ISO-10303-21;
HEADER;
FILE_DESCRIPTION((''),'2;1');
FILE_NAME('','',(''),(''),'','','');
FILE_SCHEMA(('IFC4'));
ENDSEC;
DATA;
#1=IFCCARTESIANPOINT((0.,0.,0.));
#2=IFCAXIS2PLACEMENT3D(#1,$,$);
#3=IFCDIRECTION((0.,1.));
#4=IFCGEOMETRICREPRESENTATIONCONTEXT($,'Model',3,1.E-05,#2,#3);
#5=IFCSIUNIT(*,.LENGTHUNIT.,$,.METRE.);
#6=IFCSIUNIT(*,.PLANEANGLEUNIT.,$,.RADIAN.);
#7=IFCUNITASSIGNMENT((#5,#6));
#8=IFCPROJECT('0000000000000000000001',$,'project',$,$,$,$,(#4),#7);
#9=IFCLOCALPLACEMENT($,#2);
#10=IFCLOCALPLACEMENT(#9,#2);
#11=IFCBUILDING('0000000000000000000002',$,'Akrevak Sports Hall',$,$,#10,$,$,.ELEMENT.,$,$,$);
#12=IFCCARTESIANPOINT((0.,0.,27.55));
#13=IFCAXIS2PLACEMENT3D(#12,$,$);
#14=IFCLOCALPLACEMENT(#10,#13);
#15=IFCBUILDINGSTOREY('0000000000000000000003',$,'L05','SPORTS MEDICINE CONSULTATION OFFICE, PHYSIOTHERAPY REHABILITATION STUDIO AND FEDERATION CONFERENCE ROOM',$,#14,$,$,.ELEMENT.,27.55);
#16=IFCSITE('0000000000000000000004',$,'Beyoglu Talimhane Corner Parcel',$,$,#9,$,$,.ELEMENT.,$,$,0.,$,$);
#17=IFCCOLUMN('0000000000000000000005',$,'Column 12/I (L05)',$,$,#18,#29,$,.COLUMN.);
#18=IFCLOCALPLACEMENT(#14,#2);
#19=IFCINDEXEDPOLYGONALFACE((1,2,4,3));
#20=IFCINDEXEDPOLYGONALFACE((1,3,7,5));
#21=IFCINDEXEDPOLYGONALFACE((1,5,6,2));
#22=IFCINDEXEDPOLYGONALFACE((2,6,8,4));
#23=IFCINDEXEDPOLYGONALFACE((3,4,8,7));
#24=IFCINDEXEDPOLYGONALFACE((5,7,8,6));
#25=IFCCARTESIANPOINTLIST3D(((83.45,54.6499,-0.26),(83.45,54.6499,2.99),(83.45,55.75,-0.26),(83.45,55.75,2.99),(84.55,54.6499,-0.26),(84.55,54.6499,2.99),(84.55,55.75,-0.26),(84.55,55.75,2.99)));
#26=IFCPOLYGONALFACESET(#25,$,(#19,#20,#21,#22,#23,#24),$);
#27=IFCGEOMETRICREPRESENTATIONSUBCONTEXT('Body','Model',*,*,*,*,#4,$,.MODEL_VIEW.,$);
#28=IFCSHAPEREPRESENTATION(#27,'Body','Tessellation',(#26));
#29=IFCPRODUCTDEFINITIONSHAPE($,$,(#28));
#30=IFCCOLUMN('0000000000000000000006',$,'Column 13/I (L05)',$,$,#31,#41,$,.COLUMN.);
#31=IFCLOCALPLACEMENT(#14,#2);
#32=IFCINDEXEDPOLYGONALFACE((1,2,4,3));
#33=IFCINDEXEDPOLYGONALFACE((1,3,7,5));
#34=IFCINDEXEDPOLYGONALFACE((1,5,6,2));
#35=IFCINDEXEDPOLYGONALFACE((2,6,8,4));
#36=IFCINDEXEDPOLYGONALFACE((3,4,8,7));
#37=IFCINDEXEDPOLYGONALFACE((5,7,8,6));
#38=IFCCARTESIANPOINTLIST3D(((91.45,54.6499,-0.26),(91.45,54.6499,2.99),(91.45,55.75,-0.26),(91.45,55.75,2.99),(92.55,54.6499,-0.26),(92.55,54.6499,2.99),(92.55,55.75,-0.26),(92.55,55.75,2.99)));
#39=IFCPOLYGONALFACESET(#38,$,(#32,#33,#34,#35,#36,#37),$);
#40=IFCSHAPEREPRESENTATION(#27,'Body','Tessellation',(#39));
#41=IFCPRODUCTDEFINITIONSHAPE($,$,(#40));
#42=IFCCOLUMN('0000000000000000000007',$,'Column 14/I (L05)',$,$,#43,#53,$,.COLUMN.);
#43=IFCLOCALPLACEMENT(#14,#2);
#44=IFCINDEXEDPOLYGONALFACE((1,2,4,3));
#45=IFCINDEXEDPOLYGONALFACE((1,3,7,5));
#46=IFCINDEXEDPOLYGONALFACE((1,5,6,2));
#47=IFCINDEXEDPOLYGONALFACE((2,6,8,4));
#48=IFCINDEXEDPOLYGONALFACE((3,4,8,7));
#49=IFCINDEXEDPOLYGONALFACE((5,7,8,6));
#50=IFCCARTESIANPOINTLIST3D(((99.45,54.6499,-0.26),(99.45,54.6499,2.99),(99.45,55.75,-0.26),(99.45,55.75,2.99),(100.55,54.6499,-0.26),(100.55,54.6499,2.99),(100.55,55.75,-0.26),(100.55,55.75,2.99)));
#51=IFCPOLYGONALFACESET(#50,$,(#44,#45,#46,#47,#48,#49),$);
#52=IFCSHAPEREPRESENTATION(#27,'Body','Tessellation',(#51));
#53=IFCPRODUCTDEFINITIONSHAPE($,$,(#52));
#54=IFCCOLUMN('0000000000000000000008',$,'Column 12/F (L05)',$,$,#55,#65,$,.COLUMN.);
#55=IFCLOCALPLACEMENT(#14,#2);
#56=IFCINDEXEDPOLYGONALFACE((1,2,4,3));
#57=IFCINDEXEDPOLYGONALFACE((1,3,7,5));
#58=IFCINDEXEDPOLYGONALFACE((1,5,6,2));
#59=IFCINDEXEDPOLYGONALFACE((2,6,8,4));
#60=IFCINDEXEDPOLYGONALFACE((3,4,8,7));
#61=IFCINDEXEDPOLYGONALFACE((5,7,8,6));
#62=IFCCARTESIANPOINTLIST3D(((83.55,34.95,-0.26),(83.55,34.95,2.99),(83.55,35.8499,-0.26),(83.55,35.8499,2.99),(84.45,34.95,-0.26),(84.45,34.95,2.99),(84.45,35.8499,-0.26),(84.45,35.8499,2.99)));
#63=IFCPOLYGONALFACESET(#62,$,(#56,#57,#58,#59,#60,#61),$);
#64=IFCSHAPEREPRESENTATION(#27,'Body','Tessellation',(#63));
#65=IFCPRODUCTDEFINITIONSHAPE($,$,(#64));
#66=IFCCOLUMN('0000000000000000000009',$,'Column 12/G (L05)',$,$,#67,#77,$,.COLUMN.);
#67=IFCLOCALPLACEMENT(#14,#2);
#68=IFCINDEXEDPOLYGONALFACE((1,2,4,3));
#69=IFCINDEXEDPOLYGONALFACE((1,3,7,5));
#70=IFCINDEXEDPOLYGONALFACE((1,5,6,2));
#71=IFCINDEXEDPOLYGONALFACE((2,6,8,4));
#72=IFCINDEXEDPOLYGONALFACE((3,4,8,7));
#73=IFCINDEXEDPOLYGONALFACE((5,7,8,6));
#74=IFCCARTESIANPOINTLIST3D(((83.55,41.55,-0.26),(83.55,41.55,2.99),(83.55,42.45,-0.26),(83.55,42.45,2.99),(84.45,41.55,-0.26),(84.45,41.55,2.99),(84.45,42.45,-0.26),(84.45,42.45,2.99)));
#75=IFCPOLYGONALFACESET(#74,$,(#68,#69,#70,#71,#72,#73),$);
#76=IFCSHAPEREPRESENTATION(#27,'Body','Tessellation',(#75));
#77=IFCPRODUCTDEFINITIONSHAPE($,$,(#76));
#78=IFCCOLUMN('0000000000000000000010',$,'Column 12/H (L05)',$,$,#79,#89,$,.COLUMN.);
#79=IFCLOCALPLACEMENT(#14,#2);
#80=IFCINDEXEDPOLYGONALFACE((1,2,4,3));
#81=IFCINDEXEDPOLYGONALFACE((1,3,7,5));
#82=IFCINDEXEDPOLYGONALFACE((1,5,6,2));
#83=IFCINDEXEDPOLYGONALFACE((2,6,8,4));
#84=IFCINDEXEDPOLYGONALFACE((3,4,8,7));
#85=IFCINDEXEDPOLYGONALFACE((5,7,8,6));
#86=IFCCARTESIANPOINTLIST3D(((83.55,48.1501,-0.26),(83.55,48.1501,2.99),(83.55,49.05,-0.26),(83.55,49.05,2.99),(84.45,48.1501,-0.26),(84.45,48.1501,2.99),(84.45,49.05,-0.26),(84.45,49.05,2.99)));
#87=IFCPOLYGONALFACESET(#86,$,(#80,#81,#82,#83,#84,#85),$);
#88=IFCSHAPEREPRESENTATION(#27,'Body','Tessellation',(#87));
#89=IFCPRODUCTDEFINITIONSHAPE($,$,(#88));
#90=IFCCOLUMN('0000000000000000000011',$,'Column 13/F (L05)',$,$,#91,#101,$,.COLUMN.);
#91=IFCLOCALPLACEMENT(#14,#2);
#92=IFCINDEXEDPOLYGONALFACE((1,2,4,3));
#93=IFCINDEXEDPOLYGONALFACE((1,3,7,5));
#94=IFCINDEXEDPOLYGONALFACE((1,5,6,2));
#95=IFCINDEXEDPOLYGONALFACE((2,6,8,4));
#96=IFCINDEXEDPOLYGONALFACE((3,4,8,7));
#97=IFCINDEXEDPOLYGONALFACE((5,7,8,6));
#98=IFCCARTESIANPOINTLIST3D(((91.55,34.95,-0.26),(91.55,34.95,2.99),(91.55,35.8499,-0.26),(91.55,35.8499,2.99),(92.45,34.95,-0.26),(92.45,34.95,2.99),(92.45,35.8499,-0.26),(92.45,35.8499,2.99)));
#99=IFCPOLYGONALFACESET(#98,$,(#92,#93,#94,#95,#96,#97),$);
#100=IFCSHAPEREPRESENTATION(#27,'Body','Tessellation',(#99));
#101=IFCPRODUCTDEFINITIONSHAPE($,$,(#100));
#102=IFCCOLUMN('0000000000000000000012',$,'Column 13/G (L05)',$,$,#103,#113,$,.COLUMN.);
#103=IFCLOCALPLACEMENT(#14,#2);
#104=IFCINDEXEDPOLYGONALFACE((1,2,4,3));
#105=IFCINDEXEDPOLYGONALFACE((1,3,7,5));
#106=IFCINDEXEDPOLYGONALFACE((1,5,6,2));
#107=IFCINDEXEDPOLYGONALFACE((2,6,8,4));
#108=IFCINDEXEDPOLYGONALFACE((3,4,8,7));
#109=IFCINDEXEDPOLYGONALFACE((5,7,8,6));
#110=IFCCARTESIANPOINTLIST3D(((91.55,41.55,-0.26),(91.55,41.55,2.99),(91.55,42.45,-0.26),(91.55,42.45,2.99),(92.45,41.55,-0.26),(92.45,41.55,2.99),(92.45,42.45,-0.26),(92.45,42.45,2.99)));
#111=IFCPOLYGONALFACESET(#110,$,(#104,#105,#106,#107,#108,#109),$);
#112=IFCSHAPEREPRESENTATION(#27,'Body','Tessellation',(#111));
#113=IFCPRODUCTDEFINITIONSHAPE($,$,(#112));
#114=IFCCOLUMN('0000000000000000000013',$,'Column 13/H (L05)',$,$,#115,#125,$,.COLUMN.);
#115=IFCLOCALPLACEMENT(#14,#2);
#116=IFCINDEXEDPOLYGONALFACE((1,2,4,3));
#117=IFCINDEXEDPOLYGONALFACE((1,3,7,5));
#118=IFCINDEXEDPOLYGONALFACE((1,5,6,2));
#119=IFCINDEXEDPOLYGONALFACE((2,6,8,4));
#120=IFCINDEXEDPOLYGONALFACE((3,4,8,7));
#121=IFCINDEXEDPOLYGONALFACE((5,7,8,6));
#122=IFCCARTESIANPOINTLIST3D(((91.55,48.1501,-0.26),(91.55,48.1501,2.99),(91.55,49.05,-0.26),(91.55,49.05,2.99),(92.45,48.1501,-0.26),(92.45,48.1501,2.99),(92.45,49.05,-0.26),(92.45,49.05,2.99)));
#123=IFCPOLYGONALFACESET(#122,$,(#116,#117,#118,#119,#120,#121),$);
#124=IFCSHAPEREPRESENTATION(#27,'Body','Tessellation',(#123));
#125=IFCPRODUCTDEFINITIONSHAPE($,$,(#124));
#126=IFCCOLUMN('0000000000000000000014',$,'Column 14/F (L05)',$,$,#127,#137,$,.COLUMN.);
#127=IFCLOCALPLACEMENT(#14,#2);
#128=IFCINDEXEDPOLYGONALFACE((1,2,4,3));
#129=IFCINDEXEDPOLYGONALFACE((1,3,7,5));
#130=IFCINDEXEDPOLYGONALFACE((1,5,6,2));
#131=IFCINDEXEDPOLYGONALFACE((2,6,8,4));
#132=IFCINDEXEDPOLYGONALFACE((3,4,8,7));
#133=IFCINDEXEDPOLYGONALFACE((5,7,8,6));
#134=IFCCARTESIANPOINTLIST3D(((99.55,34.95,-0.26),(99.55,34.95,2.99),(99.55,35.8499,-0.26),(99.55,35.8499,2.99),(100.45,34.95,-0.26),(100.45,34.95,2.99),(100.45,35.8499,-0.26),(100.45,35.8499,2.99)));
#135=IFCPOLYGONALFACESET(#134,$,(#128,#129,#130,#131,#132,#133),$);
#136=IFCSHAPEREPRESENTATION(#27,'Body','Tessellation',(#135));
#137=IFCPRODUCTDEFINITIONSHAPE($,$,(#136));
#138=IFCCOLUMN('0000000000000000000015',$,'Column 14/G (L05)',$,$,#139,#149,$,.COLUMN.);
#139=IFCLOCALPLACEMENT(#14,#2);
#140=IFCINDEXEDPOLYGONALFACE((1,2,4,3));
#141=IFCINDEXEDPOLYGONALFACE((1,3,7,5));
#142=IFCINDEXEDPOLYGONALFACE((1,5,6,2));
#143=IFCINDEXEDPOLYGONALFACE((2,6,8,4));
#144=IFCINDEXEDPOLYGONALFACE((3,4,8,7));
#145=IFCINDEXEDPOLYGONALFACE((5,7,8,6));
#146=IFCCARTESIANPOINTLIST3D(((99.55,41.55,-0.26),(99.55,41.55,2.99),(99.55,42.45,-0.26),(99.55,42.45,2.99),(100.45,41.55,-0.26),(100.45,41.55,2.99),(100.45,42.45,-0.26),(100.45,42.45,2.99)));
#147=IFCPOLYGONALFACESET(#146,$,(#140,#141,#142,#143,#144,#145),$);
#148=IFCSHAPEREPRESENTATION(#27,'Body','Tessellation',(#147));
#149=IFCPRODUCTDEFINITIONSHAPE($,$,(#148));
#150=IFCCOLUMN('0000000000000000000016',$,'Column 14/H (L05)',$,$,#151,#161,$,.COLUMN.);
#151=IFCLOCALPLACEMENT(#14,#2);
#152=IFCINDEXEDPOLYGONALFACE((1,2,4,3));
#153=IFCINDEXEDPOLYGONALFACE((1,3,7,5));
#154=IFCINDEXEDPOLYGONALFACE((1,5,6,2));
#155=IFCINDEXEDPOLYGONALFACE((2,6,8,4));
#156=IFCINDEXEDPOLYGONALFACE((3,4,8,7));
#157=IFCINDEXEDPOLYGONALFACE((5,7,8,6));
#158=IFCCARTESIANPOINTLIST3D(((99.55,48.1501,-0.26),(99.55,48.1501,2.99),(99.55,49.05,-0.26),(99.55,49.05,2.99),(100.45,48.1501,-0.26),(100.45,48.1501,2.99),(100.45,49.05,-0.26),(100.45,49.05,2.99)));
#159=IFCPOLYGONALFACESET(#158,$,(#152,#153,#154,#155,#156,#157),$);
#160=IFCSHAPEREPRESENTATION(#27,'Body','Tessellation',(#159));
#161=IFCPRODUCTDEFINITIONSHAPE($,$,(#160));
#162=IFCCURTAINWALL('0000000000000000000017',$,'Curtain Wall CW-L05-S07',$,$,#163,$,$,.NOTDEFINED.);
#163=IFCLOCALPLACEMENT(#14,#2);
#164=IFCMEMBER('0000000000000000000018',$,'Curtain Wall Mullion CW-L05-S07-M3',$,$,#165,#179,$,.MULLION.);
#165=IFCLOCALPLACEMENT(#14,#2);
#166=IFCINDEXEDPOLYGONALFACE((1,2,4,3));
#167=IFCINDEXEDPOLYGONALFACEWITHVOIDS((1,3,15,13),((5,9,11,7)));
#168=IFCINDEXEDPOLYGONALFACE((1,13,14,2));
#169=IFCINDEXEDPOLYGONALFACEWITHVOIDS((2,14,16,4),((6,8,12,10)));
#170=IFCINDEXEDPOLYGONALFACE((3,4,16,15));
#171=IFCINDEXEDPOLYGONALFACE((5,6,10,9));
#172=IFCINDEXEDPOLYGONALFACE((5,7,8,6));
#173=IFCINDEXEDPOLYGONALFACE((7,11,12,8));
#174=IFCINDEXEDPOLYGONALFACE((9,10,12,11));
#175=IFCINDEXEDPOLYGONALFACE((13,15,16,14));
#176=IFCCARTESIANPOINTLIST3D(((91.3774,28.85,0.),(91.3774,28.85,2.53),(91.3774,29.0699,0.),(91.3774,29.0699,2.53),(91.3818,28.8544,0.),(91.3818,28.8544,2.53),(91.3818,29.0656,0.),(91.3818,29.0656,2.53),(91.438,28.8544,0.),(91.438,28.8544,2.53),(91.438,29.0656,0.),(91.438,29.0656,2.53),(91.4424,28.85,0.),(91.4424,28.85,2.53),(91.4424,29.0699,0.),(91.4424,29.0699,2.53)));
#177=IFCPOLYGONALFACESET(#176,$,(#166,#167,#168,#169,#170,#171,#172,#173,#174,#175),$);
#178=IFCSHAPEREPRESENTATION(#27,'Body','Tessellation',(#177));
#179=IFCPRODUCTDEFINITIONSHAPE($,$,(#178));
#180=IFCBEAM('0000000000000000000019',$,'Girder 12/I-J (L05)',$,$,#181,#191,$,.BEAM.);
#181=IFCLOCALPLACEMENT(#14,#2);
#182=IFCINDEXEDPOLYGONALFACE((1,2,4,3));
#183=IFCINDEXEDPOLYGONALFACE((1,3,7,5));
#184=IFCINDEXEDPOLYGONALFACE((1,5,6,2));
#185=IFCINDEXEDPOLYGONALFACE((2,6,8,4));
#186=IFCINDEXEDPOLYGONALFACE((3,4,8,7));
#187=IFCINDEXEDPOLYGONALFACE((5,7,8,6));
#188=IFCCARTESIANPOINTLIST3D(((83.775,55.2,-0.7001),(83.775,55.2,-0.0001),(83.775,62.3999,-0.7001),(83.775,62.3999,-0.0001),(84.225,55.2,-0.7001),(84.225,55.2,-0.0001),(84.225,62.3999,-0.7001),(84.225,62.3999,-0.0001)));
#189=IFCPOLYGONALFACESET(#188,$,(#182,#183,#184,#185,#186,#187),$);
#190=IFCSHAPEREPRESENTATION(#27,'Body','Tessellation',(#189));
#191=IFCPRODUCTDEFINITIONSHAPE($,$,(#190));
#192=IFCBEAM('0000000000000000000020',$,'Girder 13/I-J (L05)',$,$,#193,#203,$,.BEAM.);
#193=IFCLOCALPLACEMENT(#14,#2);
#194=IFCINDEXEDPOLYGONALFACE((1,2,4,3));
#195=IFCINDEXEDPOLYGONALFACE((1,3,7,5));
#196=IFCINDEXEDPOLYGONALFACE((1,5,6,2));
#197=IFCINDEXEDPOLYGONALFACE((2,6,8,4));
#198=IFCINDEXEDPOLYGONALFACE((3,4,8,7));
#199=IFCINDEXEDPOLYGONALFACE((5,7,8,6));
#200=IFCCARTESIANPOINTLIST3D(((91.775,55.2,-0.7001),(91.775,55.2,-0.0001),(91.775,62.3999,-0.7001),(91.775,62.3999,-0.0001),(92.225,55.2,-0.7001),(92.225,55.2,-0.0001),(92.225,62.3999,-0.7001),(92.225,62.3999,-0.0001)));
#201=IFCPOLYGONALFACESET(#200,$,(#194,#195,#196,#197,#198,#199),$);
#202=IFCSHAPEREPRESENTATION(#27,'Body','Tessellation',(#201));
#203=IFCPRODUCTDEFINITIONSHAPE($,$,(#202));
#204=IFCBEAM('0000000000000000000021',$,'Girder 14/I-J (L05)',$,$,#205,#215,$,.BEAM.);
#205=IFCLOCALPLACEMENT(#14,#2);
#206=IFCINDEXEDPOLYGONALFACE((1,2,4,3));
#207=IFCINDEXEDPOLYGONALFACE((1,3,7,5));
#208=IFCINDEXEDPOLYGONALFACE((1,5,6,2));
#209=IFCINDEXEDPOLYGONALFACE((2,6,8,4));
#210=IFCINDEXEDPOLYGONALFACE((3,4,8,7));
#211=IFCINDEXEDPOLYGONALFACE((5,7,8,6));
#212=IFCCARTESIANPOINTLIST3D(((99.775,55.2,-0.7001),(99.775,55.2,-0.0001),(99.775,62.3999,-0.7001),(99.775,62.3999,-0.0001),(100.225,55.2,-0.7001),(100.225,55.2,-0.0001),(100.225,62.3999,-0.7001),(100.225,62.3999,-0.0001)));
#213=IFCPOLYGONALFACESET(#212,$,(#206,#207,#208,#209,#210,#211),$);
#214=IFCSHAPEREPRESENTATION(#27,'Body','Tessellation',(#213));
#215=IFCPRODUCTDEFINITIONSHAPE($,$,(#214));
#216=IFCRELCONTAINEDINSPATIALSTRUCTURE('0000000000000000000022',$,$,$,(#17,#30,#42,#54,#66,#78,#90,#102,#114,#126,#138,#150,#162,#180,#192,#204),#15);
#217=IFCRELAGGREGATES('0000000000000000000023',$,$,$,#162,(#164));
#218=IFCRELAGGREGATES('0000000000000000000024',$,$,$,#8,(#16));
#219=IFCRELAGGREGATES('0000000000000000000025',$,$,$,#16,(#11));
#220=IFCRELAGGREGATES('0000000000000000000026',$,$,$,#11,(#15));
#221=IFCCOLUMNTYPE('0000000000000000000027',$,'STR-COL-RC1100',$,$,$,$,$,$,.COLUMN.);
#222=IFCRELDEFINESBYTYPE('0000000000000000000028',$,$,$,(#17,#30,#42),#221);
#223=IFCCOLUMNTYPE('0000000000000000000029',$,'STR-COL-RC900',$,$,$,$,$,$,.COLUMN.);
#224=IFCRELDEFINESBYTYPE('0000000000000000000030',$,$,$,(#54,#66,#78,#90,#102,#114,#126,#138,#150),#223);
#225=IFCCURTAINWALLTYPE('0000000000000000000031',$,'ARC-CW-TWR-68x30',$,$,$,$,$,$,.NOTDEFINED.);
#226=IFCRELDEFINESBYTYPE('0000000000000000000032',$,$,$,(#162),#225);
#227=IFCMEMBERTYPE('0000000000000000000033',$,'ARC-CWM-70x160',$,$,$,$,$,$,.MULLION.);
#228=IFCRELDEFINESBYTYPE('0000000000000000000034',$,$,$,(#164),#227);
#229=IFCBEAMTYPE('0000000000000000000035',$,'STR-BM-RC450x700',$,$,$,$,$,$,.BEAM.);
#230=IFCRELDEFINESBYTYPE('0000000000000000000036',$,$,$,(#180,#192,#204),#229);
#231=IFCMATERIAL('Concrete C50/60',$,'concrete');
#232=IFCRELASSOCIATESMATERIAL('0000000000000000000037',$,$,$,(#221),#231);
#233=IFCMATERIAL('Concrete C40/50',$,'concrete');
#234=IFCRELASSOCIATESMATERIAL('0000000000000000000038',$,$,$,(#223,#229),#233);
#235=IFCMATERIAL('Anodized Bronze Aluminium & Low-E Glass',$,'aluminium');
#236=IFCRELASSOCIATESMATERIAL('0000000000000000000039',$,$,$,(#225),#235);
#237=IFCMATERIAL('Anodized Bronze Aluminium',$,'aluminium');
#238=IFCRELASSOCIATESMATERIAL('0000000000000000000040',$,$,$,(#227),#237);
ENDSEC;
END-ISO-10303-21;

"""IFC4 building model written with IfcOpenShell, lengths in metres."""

from ifc_helpers import new_model, si_unit, direction, frame, origin, origin_2d, place, context, subcontext, project, spatial, rectangle, hollow_rectangle, extrude, material, material_profile, profile_set, type_object, element, aggregate, save


model = new_model("IFC4")

# Units and contexts
model_context = context("Model", 3, precision=1e-05, world=origin(), true_north=direction((0.0, 1.0)))
body_context = subcontext(model_context, "Body", "Model", "MODEL_VIEW")
ifc_project = project(units=[si_unit("LENGTHUNIT", "METRE"), si_unit("PLANEANGLEUNIT", "RADIAN")], contexts=[model_context])

# Site, building, storey
site_placement = place(None, origin())
site = spatial("IfcSite", under=ifc_project, at=site_placement, Name="Beyoglu Talimhane Corner Parcel", CompositionType="ELEMENT", RefElevation=0.0)
building_placement = place(site_placement, origin())
building = spatial("IfcBuilding", under=site, at=building_placement, Name="Akrevak Sports Hall", CompositionType="ELEMENT")
storey_placement = place(building_placement, frame((0.0, 0.0, 27.55)))
storey = spatial("IfcBuildingStorey", under=building, at=storey_placement, Name="L05", Description="SPORTS MEDICINE CONSULTATION OFFICE, PHYSIOTHERAPY REHABILITATION STUDIO AND FEDERATION CONFERENCE ROOM", CompositionType="ELEMENT", Elevation=27.55)

# Columns
ifc_material_1 = material(Name="Concrete C50/60", Category="concrete")
ifc_material_profile_1 = material_profile(ifc_material_1, rectangle(XDim=1.1001, YDim=1.1001, at=origin_2d()), Name="RC 1100x1100", Category="concrete")
ifc_profile_set_1 = profile_set([ifc_material_profile_1], Name="Concrete C50/60")
column_type_1 = type_object("IfcColumnType", Name="STR-COL-RC1100", PredefinedType="COLUMN", material=ifc_profile_set_1)
for number, where, z_axis, x_axis, name in (
    (1, (84.0, 55.2, -0.26), (0.0, 0.0, 1.0), (1.0, 0.0, 0.0), "Column 12/I (L05)"),
    (2, (92.0, 55.2, -0.26), (0.0, 0.0, 1.0), (1.0, 0.0, 0.0), "Column 13/I (L05)"),
    (3, (100.0, 55.2, -0.26), (0.0, 0.0, 1.0), (1.0, 0.0, 0.0), "Column 14/I (L05)"),
):
    element("IfcColumn", number, at=place(storey_placement, frame(where, z_axis=z_axis, x_axis=x_axis)), inside=storey, type_object=column_type_1, Name=name, PredefinedType="COLUMN", context=body_context, shape_type="SweptSolid", body=[
        extrude(rectangle(XDim=1.1001, YDim=1.1001, at=origin_2d()), origin(), (0.0, 0.0, 1.0), 3.25),
    ])
ifc_material_2 = material(Name="Concrete C40/50", Category="concrete")
ifc_material_profile_2 = material_profile(ifc_material_2, rectangle(XDim=0.8999, YDim=0.8999, at=origin_2d()), Name="RC 900x900", Category="concrete")
ifc_profile_set_2 = profile_set([ifc_material_profile_2], Name="Concrete C40/50")
column_type_2 = type_object("IfcColumnType", Name="STR-COL-RC900", PredefinedType="COLUMN", material=ifc_profile_set_2)
for number, where, z_axis, x_axis, name in (
    (4, (84.0, 35.3999, -0.26), (0.0, 0.0, 1.0), (1.0, 0.0, 0.0), "Column 12/F (L05)"),
    (5, (84.0, 42.0, -0.26), (0.0, 0.0, 1.0), (1.0, 0.0, 0.0), "Column 12/G (L05)"),
    (6, (84.0, 48.6001, -0.26), (0.0, 0.0, 1.0), (1.0, 0.0, 0.0), "Column 12/H (L05)"),
    (7, (92.0, 35.3999, -0.26), (0.0, 0.0, 1.0), (1.0, 0.0, 0.0), "Column 13/F (L05)"),
    (8, (92.0, 42.0, -0.26), (0.0, 0.0, 1.0), (1.0, 0.0, 0.0), "Column 13/G (L05)"),
    (9, (92.0, 48.6001, -0.26), (0.0, 0.0, 1.0), (1.0, 0.0, 0.0), "Column 13/H (L05)"),
    (10, (100.0, 35.3999, -0.26), (0.0, 0.0, 1.0), (1.0, 0.0, 0.0), "Column 14/F (L05)"),
    (11, (100.0, 42.0, -0.26), (0.0, 0.0, 1.0), (1.0, 0.0, 0.0), "Column 14/G (L05)"),
    (12, (100.0, 48.6001, -0.26), (0.0, 0.0, 1.0), (1.0, 0.0, 0.0), "Column 14/H (L05)"),
):
    element("IfcColumn", number, at=place(storey_placement, frame(where, z_axis=z_axis, x_axis=x_axis)), inside=storey, type_object=column_type_2, Name=name, PredefinedType="COLUMN", context=body_context, shape_type="SweptSolid", body=[
        extrude(rectangle(XDim=0.8999, YDim=0.8999, at=origin_2d()), origin(), (0.0, 0.0, 1.0), 3.25),
    ])

# Curtain wall, member
ifc_material_3 = material(Name="Anodized Bronze Aluminium & Low-E Glass", Category="aluminium")
curtain_wall_type = type_object("IfcCurtainWallType", Name="ARC-CW-TWR-68x30", PredefinedType="NOTDEFINED", material=ifc_material_3)
curtain_wall_placement = place(storey_placement, origin())
curtain_wall = element("IfcCurtainWall", 13, at=curtain_wall_placement, inside=storey, type_object=curtain_wall_type, Name="Curtain Wall CW-L05-S07", PredefinedType="NOTDEFINED")
ifc_material_4 = material(Name="Anodized Bronze Aluminium", Category="aluminium")
ifc_material_profile_3 = material_profile(ifc_material_4, hollow_rectangle(XDim=0.0649, YDim=0.22, WallThickness=0.0044, at=origin_2d()), Name="CWM 65x220", Category="aluminium")
ifc_profile_set_3 = profile_set([ifc_material_profile_3], Name="Anodized Bronze Aluminium")
member_type = type_object("IfcMemberType", Name="ARC-CWM-70x160", PredefinedType="MULLION", material=ifc_profile_set_3)
member_placement = place(storey_placement, frame((91.4099, 28.96, 0.0), z_axis=(0.0, 0.0, 1.0), x_axis=(1.0, 0.0, 0.0)))
member = element("IfcMember", 14, at=member_placement, type_object=member_type, Name="Curtain Wall Mullion CW-L05-S07-M3", PredefinedType="MULLION", context=body_context, shape_type="SweptSolid", body=[
    extrude(hollow_rectangle(XDim=0.0649, YDim=0.22, WallThickness=0.0044, at=origin_2d()), origin(), (0.0, 0.0, 1.0), 2.53),
])

# Beams
ifc_material_profile_4 = material_profile(ifc_material_2, rectangle(XDim=0.45, YDim=0.7, at=origin_2d()), Name="BM 450x700", Category="concrete")
ifc_profile_set_4 = profile_set([ifc_material_profile_4], Name="Concrete C40/50")
beam_type_1 = type_object("IfcBeamType", Name="STR-BM-RC450x700", PredefinedType="BEAM", material=ifc_profile_set_4)
for number, where, z_axis, x_axis, name in (
    (15, (84.0, 55.2, -0.3501), (0.0, 1.0, 0.0), (-1.0, 0.0, 0.0), "Girder 12/I-J (L05)"),
    (16, (92.0, 55.2, -0.3501), (0.0, 1.0, 0.0), (-1.0, 0.0, 0.0), "Girder 13/I-J (L05)"),
    (17, (100.0, 55.2, -0.3501), (0.0, 1.0, 0.0), (-1.0, 0.0, 0.0), "Girder 14/I-J (L05)"),
):
    element("IfcBeam", number, at=place(storey_placement, frame(where, z_axis=z_axis, x_axis=x_axis)), inside=storey, type_object=beam_type_1, Name=name, PredefinedType="BEAM", context=body_context, shape_type="SweptSolid", body=[
        extrude(rectangle(XDim=0.45, YDim=0.7, at=origin_2d()), origin(), (0.0, 0.0, 1.0), 7.2),
    ])

aggregate(curtain_wall, [member])

save(model, "model.ifc")
